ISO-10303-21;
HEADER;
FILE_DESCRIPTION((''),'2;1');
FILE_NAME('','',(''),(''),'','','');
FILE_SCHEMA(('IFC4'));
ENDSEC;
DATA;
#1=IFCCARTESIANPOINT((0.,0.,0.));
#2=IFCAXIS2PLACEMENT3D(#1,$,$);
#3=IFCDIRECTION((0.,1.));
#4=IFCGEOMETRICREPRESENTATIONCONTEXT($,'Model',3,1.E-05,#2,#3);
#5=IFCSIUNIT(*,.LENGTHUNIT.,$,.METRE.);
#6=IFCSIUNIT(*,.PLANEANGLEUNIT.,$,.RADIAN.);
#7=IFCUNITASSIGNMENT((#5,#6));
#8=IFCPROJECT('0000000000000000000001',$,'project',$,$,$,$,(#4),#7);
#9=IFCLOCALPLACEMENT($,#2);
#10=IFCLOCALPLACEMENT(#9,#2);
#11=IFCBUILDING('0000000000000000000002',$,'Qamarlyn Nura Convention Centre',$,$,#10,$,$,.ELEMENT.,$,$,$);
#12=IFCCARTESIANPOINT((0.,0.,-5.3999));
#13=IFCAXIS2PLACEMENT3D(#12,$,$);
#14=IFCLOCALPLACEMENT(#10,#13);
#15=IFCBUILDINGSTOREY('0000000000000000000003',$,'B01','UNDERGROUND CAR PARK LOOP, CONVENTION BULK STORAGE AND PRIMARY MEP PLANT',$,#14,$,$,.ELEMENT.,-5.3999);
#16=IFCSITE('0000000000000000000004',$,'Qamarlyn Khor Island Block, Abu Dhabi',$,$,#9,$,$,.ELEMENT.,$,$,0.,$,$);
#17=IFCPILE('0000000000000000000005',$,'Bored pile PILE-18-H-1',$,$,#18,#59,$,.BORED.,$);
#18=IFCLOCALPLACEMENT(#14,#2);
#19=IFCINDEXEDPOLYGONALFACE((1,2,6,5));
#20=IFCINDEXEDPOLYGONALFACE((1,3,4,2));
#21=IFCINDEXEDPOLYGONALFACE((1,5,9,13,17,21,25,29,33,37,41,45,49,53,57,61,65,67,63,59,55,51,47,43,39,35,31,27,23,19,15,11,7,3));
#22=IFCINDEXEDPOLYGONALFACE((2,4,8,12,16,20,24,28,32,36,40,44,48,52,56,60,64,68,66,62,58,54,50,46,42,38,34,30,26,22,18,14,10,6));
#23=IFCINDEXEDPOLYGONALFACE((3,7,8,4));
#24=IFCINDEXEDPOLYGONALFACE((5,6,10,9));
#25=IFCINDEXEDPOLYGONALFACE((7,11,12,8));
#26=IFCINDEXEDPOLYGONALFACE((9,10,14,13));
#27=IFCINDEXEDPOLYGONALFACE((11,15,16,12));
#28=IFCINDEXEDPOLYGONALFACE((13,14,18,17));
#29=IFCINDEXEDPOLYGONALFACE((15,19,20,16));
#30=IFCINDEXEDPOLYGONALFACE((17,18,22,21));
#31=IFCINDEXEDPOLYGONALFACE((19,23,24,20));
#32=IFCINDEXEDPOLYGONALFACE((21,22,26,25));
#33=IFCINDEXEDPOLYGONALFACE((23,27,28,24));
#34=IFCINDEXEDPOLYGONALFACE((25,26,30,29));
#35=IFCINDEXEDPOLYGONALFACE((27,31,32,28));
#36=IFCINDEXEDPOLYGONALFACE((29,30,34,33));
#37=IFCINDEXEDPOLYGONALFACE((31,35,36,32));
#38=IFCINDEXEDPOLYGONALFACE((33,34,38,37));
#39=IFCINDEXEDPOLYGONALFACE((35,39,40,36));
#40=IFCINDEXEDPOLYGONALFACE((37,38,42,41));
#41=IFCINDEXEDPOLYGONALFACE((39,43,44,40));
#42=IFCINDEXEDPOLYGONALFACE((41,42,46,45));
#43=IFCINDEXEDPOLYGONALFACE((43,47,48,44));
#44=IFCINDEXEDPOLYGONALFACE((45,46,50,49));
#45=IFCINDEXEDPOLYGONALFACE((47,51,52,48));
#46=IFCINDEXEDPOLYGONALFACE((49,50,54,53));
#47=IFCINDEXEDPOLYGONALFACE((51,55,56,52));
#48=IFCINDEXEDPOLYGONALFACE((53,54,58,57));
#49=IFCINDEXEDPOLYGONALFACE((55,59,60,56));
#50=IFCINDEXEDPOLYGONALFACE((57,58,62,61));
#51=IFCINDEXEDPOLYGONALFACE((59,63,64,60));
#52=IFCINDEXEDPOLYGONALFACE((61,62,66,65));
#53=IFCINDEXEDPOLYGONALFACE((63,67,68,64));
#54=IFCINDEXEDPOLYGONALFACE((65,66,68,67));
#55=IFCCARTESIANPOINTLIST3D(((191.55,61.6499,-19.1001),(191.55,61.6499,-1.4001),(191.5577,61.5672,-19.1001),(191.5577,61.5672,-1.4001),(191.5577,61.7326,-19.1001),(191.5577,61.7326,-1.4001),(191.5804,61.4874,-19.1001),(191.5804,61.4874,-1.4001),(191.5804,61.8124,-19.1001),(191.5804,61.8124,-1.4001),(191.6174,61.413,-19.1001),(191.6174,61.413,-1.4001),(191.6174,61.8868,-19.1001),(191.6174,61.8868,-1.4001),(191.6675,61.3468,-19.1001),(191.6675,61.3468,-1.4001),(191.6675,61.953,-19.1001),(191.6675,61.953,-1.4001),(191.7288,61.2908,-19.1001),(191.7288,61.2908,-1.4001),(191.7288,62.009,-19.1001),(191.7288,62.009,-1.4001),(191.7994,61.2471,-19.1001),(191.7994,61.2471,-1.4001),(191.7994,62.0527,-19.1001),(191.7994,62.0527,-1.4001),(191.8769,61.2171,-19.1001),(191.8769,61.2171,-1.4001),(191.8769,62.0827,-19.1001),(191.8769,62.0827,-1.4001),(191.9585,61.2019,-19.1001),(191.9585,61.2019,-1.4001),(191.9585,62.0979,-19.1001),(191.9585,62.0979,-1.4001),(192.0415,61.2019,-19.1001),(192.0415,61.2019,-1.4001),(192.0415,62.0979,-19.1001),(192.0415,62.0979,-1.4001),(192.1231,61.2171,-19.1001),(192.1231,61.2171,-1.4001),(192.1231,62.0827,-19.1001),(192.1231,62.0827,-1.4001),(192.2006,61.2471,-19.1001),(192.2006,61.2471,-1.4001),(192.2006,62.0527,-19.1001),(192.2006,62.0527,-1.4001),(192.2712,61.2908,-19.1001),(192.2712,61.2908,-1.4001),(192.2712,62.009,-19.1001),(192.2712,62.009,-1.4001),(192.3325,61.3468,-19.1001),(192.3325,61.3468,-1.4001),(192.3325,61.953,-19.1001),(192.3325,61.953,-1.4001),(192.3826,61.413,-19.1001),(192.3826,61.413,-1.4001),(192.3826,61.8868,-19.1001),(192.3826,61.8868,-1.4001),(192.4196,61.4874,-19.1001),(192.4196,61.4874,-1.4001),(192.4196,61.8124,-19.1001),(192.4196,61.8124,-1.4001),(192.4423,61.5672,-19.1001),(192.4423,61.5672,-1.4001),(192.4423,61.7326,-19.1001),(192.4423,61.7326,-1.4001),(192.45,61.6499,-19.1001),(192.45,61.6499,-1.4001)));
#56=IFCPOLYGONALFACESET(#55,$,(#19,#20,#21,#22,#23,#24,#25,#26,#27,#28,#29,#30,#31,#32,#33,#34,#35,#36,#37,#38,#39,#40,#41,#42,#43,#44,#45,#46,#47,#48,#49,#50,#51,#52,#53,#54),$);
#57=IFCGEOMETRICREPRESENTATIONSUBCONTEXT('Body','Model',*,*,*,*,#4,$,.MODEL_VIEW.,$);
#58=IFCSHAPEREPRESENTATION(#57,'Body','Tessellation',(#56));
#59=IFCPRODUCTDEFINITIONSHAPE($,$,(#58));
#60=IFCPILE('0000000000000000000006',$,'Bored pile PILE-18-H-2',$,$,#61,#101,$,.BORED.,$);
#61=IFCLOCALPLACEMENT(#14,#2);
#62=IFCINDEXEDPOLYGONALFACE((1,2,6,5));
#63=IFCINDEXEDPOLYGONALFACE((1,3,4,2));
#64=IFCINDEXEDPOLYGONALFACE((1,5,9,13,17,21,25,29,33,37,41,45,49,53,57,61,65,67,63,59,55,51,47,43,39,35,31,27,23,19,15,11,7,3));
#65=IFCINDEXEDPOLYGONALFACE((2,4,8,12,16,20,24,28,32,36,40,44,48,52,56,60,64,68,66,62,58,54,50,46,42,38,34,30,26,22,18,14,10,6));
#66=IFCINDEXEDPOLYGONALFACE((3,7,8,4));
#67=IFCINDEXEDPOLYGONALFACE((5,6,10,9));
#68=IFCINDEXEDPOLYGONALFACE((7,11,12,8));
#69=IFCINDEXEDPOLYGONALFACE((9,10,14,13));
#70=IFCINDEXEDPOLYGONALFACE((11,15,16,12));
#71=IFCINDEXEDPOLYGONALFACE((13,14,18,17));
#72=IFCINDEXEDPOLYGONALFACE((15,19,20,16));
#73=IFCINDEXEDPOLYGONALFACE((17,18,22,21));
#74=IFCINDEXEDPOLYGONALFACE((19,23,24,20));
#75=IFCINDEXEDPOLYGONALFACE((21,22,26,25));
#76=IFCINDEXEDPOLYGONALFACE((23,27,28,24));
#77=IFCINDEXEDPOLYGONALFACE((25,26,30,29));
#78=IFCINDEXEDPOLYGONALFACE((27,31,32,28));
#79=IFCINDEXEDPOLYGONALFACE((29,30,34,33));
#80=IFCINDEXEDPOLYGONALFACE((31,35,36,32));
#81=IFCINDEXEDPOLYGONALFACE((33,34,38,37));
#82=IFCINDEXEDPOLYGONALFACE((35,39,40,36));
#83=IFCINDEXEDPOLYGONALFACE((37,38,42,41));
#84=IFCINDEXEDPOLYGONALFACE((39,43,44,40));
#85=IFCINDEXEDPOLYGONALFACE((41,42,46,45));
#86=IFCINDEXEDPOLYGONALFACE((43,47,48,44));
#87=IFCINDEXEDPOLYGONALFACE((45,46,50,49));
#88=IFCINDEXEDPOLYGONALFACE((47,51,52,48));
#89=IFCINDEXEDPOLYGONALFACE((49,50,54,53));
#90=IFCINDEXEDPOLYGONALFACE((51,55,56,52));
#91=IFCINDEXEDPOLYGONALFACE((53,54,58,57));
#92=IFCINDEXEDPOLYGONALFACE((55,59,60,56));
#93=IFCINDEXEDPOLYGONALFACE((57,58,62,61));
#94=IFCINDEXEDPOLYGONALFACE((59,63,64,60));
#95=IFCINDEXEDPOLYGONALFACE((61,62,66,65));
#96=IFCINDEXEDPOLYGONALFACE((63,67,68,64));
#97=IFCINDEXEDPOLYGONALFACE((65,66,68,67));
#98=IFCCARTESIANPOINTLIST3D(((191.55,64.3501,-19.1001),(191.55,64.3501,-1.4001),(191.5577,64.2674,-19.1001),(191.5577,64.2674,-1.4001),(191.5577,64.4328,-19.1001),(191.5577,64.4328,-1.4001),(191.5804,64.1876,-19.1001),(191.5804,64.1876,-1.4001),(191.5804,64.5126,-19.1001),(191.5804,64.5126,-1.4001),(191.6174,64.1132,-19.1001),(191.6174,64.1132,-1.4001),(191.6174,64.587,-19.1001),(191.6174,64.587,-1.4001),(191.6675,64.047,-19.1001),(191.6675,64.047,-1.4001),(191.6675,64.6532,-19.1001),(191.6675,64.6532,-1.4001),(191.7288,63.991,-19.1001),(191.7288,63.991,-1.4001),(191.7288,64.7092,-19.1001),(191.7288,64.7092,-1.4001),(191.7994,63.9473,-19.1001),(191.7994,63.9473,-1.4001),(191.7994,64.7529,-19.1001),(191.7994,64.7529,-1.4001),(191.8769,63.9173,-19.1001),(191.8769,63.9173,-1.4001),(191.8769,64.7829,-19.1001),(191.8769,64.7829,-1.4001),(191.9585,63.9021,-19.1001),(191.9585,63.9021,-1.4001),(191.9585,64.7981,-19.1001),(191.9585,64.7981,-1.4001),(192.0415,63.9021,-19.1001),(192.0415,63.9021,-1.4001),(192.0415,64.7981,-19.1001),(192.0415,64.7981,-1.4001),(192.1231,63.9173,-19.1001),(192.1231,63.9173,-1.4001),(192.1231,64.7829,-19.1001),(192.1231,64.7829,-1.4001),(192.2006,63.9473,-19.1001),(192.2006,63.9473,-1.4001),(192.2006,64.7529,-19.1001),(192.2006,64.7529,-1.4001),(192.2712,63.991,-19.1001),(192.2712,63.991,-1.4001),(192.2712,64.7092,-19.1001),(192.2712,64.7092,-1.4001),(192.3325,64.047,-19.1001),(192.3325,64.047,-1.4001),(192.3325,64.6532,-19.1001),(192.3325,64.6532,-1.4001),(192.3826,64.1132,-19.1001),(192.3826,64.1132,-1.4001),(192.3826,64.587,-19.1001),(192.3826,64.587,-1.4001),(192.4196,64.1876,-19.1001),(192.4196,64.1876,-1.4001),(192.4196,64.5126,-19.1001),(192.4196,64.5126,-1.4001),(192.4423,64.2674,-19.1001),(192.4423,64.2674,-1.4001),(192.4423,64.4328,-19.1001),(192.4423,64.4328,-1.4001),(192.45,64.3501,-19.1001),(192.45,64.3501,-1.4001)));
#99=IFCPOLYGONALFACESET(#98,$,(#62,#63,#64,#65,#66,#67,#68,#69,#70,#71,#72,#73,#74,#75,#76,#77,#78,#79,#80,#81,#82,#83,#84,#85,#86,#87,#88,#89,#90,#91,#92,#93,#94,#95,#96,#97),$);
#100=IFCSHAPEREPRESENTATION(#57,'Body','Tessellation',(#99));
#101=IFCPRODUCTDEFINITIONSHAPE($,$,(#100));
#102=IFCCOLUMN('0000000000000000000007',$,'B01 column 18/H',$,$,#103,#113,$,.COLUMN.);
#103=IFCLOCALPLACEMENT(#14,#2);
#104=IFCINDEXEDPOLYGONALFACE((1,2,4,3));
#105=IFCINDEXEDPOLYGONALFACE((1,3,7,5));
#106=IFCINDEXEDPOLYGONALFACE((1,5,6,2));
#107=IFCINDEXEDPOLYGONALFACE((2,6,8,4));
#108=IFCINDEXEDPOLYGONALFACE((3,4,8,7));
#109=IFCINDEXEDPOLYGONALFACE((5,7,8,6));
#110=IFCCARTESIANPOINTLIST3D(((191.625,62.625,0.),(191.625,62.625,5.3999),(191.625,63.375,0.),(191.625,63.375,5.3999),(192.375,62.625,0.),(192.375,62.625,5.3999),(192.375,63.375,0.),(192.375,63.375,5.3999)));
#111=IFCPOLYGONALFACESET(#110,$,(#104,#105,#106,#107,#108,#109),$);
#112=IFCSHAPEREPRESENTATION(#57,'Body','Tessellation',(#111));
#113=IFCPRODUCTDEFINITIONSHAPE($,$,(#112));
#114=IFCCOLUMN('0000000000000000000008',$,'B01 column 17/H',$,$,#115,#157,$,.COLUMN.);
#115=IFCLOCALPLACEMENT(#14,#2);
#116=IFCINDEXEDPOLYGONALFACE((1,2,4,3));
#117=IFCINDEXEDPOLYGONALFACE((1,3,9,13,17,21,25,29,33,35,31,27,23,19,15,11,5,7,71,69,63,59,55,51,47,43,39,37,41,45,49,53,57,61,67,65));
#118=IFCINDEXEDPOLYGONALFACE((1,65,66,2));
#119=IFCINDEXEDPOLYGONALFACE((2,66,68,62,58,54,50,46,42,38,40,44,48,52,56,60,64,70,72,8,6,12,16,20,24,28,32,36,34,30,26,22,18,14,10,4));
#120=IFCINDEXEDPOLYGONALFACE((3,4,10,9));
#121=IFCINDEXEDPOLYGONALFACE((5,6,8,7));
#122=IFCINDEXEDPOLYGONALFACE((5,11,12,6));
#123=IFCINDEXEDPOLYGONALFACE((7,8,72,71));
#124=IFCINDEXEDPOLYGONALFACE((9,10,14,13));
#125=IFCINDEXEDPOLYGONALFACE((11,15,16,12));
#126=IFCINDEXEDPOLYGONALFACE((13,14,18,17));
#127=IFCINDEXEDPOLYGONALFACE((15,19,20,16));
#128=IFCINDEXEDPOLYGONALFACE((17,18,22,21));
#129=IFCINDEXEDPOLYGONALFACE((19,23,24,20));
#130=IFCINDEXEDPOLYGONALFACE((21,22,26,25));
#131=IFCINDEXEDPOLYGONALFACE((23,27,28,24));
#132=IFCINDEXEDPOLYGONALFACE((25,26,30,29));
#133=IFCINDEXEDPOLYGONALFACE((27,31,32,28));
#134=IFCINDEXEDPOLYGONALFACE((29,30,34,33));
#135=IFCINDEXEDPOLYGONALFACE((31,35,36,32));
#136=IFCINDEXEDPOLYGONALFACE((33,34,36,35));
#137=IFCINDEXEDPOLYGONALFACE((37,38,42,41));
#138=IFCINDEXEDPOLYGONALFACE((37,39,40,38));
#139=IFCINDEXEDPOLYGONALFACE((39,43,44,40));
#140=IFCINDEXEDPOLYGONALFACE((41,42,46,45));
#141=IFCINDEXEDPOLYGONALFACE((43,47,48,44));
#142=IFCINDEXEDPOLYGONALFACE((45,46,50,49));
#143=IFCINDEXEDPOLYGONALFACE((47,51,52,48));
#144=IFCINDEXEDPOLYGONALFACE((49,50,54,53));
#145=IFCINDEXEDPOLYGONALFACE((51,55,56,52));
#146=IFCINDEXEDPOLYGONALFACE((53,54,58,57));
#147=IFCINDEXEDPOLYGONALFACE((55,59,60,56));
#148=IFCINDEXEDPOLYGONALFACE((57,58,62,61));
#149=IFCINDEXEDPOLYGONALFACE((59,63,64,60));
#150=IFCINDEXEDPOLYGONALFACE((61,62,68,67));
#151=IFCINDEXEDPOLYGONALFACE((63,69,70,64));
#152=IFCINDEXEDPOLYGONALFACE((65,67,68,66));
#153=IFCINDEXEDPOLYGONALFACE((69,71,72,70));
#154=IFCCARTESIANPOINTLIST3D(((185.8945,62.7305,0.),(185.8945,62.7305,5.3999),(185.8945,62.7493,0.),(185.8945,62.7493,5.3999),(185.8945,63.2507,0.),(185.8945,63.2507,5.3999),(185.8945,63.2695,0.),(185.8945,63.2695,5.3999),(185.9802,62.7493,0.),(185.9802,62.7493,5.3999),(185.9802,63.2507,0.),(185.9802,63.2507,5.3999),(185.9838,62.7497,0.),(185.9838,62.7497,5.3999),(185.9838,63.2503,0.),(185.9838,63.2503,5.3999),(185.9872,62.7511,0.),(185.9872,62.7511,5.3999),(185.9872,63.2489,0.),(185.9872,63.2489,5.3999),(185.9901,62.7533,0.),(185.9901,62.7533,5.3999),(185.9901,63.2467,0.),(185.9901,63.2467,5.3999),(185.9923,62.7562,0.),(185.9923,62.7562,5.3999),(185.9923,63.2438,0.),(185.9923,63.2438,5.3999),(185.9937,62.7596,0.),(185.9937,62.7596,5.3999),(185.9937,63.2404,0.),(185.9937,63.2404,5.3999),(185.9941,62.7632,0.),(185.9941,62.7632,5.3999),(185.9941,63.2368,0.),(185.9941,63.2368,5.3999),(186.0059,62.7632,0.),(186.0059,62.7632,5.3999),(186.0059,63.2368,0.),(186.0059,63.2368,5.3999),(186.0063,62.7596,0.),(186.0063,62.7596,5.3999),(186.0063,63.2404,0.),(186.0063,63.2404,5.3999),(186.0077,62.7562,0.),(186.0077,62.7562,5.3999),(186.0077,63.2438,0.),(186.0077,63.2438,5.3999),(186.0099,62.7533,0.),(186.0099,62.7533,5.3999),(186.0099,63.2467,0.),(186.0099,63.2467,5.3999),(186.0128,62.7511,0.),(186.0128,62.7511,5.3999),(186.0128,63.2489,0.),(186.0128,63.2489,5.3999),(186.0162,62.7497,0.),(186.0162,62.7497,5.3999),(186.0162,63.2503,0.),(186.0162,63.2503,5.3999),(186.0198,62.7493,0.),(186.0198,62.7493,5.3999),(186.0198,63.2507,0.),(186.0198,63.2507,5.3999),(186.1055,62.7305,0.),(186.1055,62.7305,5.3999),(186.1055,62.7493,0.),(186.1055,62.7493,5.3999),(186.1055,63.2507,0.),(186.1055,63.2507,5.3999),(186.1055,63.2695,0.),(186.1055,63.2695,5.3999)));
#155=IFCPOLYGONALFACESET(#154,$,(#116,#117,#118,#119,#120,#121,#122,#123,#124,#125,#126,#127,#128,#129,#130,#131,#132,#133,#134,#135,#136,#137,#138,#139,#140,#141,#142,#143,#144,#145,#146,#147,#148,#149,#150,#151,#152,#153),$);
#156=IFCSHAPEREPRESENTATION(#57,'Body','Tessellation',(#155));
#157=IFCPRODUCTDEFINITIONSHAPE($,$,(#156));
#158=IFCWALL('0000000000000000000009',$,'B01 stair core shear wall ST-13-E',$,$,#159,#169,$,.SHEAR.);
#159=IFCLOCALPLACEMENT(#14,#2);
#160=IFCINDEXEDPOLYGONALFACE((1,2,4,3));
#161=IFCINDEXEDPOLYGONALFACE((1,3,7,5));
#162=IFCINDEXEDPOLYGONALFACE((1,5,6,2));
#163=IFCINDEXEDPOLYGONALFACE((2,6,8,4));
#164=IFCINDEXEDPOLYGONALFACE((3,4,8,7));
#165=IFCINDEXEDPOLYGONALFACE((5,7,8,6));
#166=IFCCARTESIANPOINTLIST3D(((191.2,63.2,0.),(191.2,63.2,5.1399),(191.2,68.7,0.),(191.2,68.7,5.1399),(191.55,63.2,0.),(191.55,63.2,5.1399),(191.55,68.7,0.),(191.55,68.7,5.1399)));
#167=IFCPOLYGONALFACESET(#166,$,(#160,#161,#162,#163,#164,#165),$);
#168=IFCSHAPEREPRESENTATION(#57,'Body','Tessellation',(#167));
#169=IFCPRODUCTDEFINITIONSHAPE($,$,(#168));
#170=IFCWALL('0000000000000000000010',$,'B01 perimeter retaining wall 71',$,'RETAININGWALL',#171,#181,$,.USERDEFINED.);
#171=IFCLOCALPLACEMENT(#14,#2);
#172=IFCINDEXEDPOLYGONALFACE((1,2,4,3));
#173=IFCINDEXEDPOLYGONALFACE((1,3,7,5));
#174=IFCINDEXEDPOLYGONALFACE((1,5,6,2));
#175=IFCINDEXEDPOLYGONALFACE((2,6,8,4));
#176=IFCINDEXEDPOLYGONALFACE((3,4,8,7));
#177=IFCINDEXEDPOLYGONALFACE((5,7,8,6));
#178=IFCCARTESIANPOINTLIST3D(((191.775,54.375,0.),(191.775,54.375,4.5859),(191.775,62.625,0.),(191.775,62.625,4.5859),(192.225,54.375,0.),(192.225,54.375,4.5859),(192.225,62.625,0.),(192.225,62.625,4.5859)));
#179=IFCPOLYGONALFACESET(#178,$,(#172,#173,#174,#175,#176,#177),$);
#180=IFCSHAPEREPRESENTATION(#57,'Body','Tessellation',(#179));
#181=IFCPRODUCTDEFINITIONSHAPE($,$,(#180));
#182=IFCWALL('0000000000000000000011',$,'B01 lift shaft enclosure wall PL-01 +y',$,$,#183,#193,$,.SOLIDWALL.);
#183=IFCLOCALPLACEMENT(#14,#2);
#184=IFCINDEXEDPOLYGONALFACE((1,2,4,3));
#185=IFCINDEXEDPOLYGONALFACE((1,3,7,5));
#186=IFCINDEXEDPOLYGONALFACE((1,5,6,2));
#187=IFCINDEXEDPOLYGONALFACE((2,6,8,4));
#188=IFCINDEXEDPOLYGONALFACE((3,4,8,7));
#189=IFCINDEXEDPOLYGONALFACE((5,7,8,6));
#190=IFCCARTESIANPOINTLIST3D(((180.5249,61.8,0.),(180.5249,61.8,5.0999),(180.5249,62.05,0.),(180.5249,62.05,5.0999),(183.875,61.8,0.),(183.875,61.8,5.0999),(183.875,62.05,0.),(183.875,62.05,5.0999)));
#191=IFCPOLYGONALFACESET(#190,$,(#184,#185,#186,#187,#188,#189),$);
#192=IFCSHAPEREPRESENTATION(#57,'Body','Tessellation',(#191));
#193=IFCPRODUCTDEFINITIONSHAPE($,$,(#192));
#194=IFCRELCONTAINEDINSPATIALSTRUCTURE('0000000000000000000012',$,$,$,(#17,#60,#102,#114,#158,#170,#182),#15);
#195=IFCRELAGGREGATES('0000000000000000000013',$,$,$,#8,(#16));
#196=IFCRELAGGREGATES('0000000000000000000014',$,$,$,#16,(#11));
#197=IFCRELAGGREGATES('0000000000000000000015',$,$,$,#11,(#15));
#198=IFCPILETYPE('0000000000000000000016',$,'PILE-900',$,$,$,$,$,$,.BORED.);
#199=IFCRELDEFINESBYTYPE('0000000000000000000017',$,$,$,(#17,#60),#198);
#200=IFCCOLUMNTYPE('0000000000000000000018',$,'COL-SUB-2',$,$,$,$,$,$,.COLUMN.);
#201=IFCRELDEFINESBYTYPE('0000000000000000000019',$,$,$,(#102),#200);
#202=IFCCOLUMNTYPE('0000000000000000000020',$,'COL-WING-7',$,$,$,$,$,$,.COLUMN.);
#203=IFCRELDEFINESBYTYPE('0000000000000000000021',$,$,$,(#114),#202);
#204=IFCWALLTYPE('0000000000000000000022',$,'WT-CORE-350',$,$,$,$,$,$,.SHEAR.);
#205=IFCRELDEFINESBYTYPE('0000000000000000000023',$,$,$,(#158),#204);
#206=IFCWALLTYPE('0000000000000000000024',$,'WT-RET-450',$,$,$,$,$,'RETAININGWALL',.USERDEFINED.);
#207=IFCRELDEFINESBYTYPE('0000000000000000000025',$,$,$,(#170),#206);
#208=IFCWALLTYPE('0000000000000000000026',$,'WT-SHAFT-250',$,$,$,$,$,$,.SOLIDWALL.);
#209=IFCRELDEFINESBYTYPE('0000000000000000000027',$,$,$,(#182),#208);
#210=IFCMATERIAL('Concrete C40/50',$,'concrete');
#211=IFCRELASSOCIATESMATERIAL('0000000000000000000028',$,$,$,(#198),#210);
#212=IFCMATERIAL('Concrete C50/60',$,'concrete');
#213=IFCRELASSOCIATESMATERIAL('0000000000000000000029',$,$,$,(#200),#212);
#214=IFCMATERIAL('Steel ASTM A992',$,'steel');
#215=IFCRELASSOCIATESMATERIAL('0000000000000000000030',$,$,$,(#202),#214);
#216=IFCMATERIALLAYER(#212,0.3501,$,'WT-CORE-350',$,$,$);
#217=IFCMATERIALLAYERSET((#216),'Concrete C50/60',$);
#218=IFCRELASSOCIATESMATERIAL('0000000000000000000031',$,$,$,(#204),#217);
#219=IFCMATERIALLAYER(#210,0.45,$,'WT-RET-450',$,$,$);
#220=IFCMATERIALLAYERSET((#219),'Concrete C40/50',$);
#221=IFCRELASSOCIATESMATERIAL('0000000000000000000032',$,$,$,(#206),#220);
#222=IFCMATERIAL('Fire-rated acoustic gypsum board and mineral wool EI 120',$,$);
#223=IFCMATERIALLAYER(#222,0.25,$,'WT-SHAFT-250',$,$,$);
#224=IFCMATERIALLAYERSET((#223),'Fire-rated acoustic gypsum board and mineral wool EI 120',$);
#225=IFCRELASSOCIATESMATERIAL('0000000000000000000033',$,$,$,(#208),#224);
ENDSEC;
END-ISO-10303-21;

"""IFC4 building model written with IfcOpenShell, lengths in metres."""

from ifc_helpers import new_model, si_unit, direction, frame, frame_2d, origin, origin_2d, place, context, subcontext, project, spatial, rectangle, circle, i_section, extrude, material, layer, layer_set, material_profile, profile_set, type_object, element, save


model = new_model("IFC4")

# Units and contexts
model_context = context("Model", 3, precision=1e-05, world=origin(), true_north=direction((0.0, 1.0)))
body_context = subcontext(model_context, "Body", "Model", "MODEL_VIEW")
ifc_project = project(units=[si_unit("LENGTHUNIT", "METRE"), si_unit("PLANEANGLEUNIT", "RADIAN")], contexts=[model_context])

# Site, building, storey
site_placement = place(None, origin())
site = spatial("IfcSite", under=ifc_project, at=site_placement, Name="Qamarlyn Khor Island Block, Abu Dhabi", CompositionType="ELEMENT", RefElevation=0.0)
building_placement = place(site_placement, origin())
building = spatial("IfcBuilding", under=site, at=building_placement, Name="Qamarlyn Nura Convention Centre", CompositionType="ELEMENT")
storey_placement = place(building_placement, frame((0.0, 0.0, -5.3999)))
storey = spatial("IfcBuildingStorey", under=building, at=storey_placement, Name="B01", Description="UNDERGROUND CAR PARK LOOP, CONVENTION BULK STORAGE AND PRIMARY MEP PLANT", CompositionType="ELEMENT", Elevation=-5.3999)

# Shared definitions
ifc_material_1 = material(Name="Concrete C40/50", Category="concrete")

# Piles
ifc_material_profile_1 = material_profile(ifc_material_1, circle(Radius=0.45, at=origin_2d()), Name="BORED PILE 900")
ifc_profile_set_1 = profile_set([ifc_material_profile_1], Name="Concrete C40/50")
pile_type = type_object("IfcPileType", Name="PILE-900", PredefinedType="BORED", material=ifc_profile_set_1)
for number, where, z_axis, x_axis, name in (
    (1, (192.0, 61.6499, -1.4001), (0.0, 0.0, -1.0), (1.0, 0.0, 0.0), "Bored pile PILE-18-H-1"),
    (2, (192.0, 64.3501, -1.4001), (0.0, 0.0, -1.0), (1.0, 0.0, 0.0), "Bored pile PILE-18-H-2"),
):
    element("IfcPile", number, at=place(storey_placement, frame(where, z_axis=z_axis, x_axis=x_axis)), inside=storey, type_object=pile_type, Name=name, PredefinedType="BORED", context=body_context, shape_type="SweptSolid", body=[
        extrude(circle(Radius=0.45, at=origin_2d()), origin(), (0.0, 0.0, 1.0), 17.7),
    ])

# Columns
ifc_material_2 = material(Name="Concrete C50/60", Category="concrete")
ifc_material_profile_2 = material_profile(ifc_material_2, rectangle(XDim=0.75, YDim=0.75, at=origin_2d()), Name="RC 750x750")
ifc_profile_set_2 = profile_set([ifc_material_profile_2], Name="Concrete C50/60")
column_type_1 = type_object("IfcColumnType", Name="COL-SUB-2", PredefinedType="COLUMN", material=ifc_profile_set_2)
column_1_placement = place(storey_placement, frame((192.0, 63.0, 0.0), z_axis=(0.0, 0.0, 1.0), x_axis=(1.0, 0.0, 0.0)))
element("IfcColumn", 3, at=column_1_placement, inside=storey, type_object=column_type_1, Name="B01 column 18/H", PredefinedType="COLUMN", context=body_context, shape_type="SweptSolid", body=[
    extrude(rectangle(XDim=0.75, YDim=0.75, at=origin_2d()), origin(), (0.0, 0.0, 1.0), 5.3999),
])
ifc_material_3 = material(Name="Steel ASTM A992", Category="steel")
ifc_material_profile_3 = material_profile(ifc_material_3, i_section(OverallWidth=0.2109, OverallDepth=0.5391, WebThickness=0.0117, FlangeThickness=0.0188, FilletRadius=0.0139, at=origin_2d()), Name="W530X109")
ifc_profile_set_3 = profile_set([ifc_material_profile_3], Name="Steel ASTM A992")
column_type_2 = type_object("IfcColumnType", Name="COL-WING-7", PredefinedType="COLUMN", material=ifc_profile_set_3)
column_2_placement = place(storey_placement, frame((186.0, 63.0, 0.0), z_axis=(0.0, 0.0, 1.0), x_axis=(1.0, 0.0, 0.0)))
element("IfcColumn", 4, at=column_2_placement, inside=storey, type_object=column_type_2, Name="B01 column 17/H", PredefinedType="COLUMN", context=body_context, shape_type="SweptSolid", body=[
    extrude(i_section(OverallWidth=0.2109, OverallDepth=0.5391, WebThickness=0.0117, FlangeThickness=0.0188, FilletRadius=0.0139, at=origin_2d()), origin(), (0.0, 0.0, 1.0), 5.3999),
])

# Walls
ifc_layer_1 = layer(ifc_material_2, 0.3501, Name="WT-CORE-350")
ifc_layer_set_1 = layer_set([ifc_layer_1], Name="Concrete C50/60")
wall_type_1 = type_object("IfcWallType", Name="WT-CORE-350", PredefinedType="SHEAR", material=ifc_layer_set_1)
wall_1_placement = place(storey_placement, frame((191.375, 63.2, 0.0), z_axis=(0.0, 0.0, 1.0), x_axis=(0.0, 1.0, 0.0)))
element("IfcWall", 5, at=wall_1_placement, inside=storey, type_object=wall_type_1, Name="B01 stair core shear wall ST-13-E", PredefinedType="SHEAR", context=body_context, shape_type="SweptSolid", body=[
    extrude(rectangle(XDim=5.5, YDim=0.3501, at=frame_2d((2.75, 0.0))), origin(), (0.0, 0.0, 1.0), 5.1399),
])
ifc_layer_2 = layer(ifc_material_1, 0.45, Name="WT-RET-450")
ifc_layer_set_2 = layer_set([ifc_layer_2], Name="Concrete C40/50")
wall_type_2 = type_object("IfcWallType", Name="WT-RET-450", ElementType="RETAININGWALL", PredefinedType="USERDEFINED", material=ifc_layer_set_2)
wall_2_placement = place(storey_placement, frame((192.0, 62.625, 0.0), z_axis=(0.0, 0.0, 1.0), x_axis=(0.0, -1.0, 0.0)))
element("IfcWall", 6, at=wall_2_placement, inside=storey, type_object=wall_type_2, Name="B01 perimeter retaining wall 71", ObjectType="RETAININGWALL", PredefinedType="USERDEFINED", context=body_context, shape_type="SweptSolid", body=[
    extrude(rectangle(XDim=8.25, YDim=0.45, at=frame_2d((4.125, 0.0))), origin(), (0.0, 0.0, 1.0), 4.5859),
])
ifc_material_4 = material(Name="Fire-rated acoustic gypsum board and mineral wool EI 120")
ifc_layer_3 = layer(ifc_material_4, 0.25, Name="WT-SHAFT-250")
ifc_layer_set_3 = layer_set([ifc_layer_3], Name="Fire-rated acoustic gypsum board and mineral wool EI 120")
wall_type_3 = type_object("IfcWallType", Name="WT-SHAFT-250", PredefinedType="SOLIDWALL", material=ifc_layer_set_3)
wall_3_placement = place(storey_placement, frame((183.875, 61.925, 0.0), z_axis=(0.0, 0.0, 1.0), x_axis=(-1.0, 0.0, 0.0)))
element("IfcWall", 7, at=wall_3_placement, inside=storey, type_object=wall_type_3, Name="B01 lift shaft enclosure wall PL-01 +y", PredefinedType="SOLIDWALL", context=body_context, shape_type="SweptSolid", body=[
    extrude(rectangle(XDim=3.3501, YDim=0.25, at=frame_2d((1.675, 0.0))), origin(), (0.0, 0.0, 1.0), 5.0999),
])

save(model, "model.ifc")
